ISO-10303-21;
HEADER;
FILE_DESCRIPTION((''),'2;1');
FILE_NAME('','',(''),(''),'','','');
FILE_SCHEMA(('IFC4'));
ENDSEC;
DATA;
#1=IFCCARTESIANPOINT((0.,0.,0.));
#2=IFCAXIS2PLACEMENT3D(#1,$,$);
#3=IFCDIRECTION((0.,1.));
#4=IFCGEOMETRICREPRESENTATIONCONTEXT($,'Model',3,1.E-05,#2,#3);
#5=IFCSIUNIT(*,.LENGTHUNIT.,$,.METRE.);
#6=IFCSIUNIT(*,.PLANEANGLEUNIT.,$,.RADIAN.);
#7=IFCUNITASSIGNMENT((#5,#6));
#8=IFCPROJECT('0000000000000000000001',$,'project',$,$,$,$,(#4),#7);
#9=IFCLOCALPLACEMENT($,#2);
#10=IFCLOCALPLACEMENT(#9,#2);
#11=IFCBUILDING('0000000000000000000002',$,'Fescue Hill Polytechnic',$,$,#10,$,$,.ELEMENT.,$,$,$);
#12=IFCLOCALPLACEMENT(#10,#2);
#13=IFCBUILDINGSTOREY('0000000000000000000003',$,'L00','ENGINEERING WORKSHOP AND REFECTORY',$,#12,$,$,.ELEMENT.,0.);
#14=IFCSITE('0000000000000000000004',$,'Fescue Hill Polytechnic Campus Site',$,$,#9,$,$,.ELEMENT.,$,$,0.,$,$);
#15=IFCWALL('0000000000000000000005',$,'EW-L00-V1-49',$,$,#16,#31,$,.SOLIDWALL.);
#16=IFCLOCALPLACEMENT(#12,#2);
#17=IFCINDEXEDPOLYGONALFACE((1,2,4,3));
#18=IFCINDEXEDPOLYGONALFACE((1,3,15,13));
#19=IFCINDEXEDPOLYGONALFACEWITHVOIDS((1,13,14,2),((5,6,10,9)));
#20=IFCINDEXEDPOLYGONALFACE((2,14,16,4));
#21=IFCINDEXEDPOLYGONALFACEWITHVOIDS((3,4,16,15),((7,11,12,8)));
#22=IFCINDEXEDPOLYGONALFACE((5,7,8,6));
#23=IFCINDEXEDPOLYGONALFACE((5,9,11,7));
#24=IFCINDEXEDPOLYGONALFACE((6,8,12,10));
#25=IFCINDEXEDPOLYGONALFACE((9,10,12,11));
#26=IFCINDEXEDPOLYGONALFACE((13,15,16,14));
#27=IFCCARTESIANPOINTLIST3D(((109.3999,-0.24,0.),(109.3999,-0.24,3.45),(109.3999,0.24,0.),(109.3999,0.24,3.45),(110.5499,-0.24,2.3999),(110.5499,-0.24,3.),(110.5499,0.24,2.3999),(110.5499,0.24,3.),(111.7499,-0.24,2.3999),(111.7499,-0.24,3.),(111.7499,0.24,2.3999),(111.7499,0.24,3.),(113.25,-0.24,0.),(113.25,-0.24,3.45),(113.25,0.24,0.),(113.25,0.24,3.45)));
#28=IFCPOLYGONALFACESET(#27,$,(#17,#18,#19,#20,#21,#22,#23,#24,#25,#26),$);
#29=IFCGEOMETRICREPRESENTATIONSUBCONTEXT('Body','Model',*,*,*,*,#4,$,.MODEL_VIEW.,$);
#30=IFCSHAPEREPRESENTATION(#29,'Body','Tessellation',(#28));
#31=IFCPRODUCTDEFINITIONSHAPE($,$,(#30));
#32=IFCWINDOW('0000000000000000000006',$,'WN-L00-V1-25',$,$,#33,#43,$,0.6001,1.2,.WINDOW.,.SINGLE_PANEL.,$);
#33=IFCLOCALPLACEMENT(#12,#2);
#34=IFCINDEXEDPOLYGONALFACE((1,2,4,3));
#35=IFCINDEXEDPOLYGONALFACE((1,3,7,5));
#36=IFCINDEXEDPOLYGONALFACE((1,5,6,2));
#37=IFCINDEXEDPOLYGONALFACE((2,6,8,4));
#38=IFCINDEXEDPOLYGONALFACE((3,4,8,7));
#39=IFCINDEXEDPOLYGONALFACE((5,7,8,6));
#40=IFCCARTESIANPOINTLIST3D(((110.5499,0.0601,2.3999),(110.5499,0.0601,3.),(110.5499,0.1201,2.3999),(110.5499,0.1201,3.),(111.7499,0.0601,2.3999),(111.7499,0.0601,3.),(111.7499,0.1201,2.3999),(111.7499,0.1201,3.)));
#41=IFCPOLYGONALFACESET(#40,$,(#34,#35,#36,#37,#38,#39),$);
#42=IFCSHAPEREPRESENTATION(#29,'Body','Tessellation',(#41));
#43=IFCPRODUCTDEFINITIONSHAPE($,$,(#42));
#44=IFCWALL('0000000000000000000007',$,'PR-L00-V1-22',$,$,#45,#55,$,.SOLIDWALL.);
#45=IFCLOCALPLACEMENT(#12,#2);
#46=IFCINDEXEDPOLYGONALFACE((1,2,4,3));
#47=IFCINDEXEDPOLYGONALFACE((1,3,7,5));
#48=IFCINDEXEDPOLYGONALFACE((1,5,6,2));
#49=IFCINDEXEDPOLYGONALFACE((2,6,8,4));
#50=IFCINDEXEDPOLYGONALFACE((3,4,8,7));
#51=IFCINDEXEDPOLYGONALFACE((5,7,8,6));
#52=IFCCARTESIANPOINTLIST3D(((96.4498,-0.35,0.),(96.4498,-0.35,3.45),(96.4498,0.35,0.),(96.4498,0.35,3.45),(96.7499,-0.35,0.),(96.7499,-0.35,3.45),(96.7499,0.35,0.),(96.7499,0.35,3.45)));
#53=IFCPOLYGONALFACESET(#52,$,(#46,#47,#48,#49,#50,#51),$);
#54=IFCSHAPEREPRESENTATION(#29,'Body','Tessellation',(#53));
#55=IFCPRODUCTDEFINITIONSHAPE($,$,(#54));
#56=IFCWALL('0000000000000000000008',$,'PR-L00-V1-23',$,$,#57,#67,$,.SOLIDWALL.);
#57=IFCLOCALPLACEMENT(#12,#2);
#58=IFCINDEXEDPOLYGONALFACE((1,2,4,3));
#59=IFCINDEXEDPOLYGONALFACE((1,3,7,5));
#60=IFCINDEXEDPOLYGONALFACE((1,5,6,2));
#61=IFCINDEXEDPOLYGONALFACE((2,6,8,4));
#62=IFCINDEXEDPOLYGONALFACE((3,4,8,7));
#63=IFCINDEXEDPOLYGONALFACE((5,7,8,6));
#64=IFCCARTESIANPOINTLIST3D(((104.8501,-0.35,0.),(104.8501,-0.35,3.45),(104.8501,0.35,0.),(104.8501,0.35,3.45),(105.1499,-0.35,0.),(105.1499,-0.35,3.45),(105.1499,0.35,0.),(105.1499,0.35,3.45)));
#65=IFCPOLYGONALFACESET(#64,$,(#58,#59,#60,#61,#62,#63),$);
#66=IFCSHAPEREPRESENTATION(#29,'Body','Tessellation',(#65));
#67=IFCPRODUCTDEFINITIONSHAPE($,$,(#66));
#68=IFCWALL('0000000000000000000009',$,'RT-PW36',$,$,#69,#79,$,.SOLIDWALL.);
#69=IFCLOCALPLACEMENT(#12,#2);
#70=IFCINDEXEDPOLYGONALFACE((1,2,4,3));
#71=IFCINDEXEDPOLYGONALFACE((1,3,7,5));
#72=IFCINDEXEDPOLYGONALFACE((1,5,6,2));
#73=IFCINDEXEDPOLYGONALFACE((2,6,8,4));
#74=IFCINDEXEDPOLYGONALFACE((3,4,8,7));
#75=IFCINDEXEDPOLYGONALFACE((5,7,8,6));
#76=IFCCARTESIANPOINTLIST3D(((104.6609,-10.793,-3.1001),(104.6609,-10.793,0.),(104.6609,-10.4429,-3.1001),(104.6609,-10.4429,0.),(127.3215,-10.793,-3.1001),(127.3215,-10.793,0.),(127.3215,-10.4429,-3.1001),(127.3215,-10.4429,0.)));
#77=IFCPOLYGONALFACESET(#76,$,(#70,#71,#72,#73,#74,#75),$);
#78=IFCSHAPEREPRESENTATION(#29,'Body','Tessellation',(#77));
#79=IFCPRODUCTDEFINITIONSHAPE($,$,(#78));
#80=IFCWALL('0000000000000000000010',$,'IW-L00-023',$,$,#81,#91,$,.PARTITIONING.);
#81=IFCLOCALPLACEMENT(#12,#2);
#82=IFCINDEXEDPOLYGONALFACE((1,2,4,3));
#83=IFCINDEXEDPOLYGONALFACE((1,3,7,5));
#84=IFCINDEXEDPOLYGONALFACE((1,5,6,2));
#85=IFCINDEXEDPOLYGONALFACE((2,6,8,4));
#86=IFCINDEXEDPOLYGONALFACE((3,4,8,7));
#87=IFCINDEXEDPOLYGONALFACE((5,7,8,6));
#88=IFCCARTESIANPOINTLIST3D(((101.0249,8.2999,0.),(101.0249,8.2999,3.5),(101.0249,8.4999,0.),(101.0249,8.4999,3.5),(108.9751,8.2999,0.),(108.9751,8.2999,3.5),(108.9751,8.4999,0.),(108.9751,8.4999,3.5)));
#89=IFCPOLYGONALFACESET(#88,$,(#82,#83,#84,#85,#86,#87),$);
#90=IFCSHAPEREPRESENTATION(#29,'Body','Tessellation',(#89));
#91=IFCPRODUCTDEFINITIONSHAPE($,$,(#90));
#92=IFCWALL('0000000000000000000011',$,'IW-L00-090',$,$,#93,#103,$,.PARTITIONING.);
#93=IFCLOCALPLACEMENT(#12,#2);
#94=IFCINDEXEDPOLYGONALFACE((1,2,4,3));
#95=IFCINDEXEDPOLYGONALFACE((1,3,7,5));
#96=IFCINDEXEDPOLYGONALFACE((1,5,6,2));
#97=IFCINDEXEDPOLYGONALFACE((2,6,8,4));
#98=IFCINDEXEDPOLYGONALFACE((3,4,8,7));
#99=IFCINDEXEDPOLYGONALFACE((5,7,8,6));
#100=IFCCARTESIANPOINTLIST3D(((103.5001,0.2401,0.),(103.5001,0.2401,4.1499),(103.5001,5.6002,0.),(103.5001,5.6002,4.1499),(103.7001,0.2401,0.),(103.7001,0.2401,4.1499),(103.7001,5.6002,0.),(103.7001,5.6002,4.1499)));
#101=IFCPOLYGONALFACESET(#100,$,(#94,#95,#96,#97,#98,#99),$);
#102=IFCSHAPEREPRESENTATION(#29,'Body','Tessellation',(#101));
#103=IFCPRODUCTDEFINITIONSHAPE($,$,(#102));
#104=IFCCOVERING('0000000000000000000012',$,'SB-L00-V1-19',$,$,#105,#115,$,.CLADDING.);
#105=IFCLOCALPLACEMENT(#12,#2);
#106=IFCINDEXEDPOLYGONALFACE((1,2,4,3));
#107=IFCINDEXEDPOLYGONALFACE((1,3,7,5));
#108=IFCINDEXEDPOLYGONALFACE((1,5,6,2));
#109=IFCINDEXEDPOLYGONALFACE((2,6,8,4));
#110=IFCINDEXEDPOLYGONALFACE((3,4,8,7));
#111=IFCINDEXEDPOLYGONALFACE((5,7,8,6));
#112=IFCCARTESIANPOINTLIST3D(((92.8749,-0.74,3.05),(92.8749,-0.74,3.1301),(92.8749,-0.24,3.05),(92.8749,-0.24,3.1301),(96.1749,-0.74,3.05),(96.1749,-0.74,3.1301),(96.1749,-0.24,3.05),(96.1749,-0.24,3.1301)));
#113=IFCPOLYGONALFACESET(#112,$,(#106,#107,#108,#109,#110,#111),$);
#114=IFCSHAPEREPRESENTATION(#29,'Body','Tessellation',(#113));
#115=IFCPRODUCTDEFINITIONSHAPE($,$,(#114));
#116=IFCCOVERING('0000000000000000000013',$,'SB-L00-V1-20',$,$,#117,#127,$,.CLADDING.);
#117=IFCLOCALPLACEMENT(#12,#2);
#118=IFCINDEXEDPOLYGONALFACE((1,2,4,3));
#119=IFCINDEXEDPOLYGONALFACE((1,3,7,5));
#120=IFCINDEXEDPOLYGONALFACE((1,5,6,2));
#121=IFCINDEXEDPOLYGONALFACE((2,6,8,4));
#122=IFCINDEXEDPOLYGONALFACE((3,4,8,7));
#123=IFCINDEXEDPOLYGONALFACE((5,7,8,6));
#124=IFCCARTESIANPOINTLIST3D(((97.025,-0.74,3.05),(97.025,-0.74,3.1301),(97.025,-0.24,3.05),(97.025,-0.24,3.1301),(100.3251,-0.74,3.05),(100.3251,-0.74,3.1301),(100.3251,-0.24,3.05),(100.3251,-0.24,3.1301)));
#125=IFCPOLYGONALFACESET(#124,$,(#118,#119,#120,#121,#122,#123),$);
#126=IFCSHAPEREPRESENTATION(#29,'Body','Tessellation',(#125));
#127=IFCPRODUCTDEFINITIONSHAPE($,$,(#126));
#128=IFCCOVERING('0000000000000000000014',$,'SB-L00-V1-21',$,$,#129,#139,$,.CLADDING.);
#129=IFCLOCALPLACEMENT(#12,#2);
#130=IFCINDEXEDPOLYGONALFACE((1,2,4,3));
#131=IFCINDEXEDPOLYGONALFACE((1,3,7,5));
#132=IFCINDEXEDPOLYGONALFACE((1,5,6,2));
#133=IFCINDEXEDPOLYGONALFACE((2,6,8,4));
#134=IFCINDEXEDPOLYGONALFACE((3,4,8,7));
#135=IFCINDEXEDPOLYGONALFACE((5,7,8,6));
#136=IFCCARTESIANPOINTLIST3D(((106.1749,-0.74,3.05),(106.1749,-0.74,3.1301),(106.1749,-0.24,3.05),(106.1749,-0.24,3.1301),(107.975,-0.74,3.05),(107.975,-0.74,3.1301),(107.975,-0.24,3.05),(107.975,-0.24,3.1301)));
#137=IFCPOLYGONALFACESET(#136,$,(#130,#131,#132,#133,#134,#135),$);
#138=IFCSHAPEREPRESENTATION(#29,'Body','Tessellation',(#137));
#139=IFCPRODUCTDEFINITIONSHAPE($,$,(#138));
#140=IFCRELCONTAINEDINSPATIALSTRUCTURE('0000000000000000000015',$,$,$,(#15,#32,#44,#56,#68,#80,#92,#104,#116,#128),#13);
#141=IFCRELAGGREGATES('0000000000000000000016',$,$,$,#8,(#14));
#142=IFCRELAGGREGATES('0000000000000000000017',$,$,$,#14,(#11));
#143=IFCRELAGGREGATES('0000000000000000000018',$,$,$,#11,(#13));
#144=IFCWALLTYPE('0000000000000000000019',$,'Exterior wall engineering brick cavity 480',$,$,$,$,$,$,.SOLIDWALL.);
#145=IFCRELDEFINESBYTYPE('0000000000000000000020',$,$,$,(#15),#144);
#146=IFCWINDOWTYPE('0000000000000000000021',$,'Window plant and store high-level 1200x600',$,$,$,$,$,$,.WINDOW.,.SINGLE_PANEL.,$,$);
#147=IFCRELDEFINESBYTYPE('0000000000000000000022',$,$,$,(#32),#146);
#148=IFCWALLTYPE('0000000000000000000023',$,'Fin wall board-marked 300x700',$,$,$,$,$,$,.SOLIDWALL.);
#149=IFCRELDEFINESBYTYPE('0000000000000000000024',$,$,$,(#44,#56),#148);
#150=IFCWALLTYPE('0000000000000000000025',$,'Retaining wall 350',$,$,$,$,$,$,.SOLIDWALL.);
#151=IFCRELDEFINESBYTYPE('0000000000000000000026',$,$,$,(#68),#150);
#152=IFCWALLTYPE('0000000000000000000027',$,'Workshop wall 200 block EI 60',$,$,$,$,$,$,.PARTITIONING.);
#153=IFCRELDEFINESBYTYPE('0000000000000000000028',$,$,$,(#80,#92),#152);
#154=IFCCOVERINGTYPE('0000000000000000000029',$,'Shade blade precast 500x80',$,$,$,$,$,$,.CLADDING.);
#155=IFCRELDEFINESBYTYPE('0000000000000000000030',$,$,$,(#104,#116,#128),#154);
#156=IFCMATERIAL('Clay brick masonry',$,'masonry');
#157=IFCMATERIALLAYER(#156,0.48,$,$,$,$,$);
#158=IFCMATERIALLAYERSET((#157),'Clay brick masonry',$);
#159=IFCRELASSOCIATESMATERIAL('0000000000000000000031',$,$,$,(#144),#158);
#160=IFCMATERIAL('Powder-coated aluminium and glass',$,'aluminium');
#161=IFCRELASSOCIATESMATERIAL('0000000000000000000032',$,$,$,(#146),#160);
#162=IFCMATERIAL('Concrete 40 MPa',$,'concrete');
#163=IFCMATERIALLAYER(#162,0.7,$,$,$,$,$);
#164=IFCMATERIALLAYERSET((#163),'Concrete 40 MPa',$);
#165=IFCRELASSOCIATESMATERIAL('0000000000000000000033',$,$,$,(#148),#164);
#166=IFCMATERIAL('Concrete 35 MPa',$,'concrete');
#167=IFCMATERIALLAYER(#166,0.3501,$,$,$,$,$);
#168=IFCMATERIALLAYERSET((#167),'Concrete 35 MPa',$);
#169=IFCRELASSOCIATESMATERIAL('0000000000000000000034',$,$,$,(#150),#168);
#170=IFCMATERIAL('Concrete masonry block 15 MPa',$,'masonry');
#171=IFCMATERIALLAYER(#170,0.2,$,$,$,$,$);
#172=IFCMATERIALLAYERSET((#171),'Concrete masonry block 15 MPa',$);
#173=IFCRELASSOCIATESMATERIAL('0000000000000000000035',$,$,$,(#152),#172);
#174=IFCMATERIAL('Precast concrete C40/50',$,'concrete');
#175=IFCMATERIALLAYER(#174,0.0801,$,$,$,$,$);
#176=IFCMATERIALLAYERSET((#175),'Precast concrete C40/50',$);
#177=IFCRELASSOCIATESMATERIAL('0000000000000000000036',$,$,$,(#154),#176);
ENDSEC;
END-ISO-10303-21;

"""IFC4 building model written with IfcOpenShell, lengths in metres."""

from ifc_helpers import new_model, si_unit, direction, frame, frame_2d, origin, origin_2d, place, context, subcontext, project, spatial, rectangle, extrude, material, layer, layer_set, type_object, element, fill, save


model = new_model("IFC4")

# Units and contexts
model_context = context("Model", 3, precision=1e-05, world=origin(), true_north=direction((0.0, 1.0)))
body_context = subcontext(model_context, "Body", "Model", "MODEL_VIEW")
ifc_project = project(units=[si_unit("LENGTHUNIT", "METRE"), si_unit("PLANEANGLEUNIT", "RADIAN")], contexts=[model_context])

# Site, building, storey
site_placement = place(None, origin())
site = spatial("IfcSite", under=ifc_project, at=site_placement, Name="Fescue Hill Polytechnic Campus Site", CompositionType="ELEMENT", RefElevation=0.0)
building_placement = place(site_placement, origin())
building = spatial("IfcBuilding", under=site, at=building_placement, Name="Fescue Hill Polytechnic", CompositionType="ELEMENT")
storey_placement = place(building_placement, origin())
storey = spatial("IfcBuildingStorey", under=building, at=storey_placement, Name="L00", Description="ENGINEERING WORKSHOP AND REFECTORY", CompositionType="ELEMENT", Elevation=0.0)

# Shared definitions
ifc_material_1 = material(Name="Concrete 40 MPa", Category="concrete")

# Shared definitions
ifc_material_2 = material(Name="Clay brick masonry", Category="masonry")
ifc_layer_1 = layer(ifc_material_2, 0.48)
ifc_layer_set_1 = layer_set([ifc_layer_1], Name="Clay brick masonry")
wall_type_1 = type_object("IfcWallType", Name="Exterior wall engineering brick cavity 480", PredefinedType="SOLIDWALL", material=ifc_layer_set_1)
ifc_material_3 = material(Name="Powder-coated aluminium and glass", Category="aluminium")

# Wall, opening, window
window_type_1 = type_object("IfcWindowType", Name="Window plant and store high-level 1200x600", PartitioningType="SINGLE_PANEL", PredefinedType="WINDOW", material=ifc_material_3)
wall_1_placement = place(storey_placement, frame((109.3999, 0.0, 0.0), z_axis=(0.0, 0.0, 1.0), x_axis=(1.0, 0.0, 0.0)))
wall_1 = element("IfcWall", 1, at=wall_1_placement, inside=storey, type_object=wall_type_1, Name="EW-L00-V1-49", PredefinedType="SOLIDWALL", context=body_context, shape_type="SweptSolid", body=[
    extrude(rectangle(XDim=3.8501, YDim=0.48, at=frame_2d((1.925, 0.0))), origin(), (0.0, 0.0, 1.0), 3.45),
])
opening_1_placement = place(wall_1_placement, frame((1.1499, 0.0, 2.3999)))
opening_1 = element("IfcOpeningElement", 2, at=opening_1_placement, cuts=wall_1, PredefinedType="OPENING", context=body_context, shape_type="SweptSolid", body=[
    extrude(rectangle(XDim=1.2, YDim=0.6001, at=frame_2d((0.6001, 0.3))), frame((0.0, 0.25, 0.0), z_axis=(0.0, -1.0, 0.0), x_axis=(1.0, 0.0, 0.0)), (0.0, 0.0, 1.0), 0.5),
])
window_1_placement = place(opening_1_placement, origin())
window_1 = element("IfcWindow", 3, at=window_1_placement, inside=storey, type_object=window_type_1, Name="WN-L00-V1-25", OverallHeight=0.6001, OverallWidth=1.2, PartitioningType="SINGLE_PANEL", PredefinedType="WINDOW", context=body_context, shape_type="SweptSolid", body=[
    extrude(rectangle(XDim=1.2, YDim=0.6001, at=frame_2d((0.6001, 0.3))), frame((0.0, 0.1201, 0.0), z_axis=(0.0, -1.0, 0.0), x_axis=(1.0, 0.0, 0.0)), (0.0, 0.0, 1.0), 0.0601),
])
fill(opening_1, window_1)

# Walls
ifc_layer_2 = layer(ifc_material_1, 0.7)
ifc_layer_set_2 = layer_set([ifc_layer_2], Name="Concrete 40 MPa")
wall_type_2 = type_object("IfcWallType", Name="Fin wall board-marked 300x700", PredefinedType="SOLIDWALL", material=ifc_layer_set_2)
wall_2_placement = place(storey_placement, frame((96.45, 0.0, 0.0), z_axis=(0.0, 0.0, 1.0), x_axis=(1.0, 0.0, 0.0)))
element("IfcWall", 4, at=wall_2_placement, inside=storey, type_object=wall_type_2, Name="PR-L00-V1-22", PredefinedType="SOLIDWALL", context=body_context, shape_type="SweptSolid", body=[
    extrude(rectangle(XDim=0.3, YDim=0.7, at=frame_2d((0.1499, 0.0))), origin(), (0.0, 0.0, 1.0), 3.45),
])
wall_3_placement = place(storey_placement, frame((104.8501, 0.0, 0.0), z_axis=(0.0, 0.0, 1.0), x_axis=(1.0, 0.0, 0.0)))
element("IfcWall", 5, at=wall_3_placement, inside=storey, type_object=wall_type_2, Name="PR-L00-V1-23", PredefinedType="SOLIDWALL", context=body_context, shape_type="SweptSolid", body=[
    extrude(rectangle(XDim=0.2998, YDim=0.7, at=frame_2d((0.1499, 0.0))), origin(), (0.0, 0.0, 1.0), 3.45),
])
ifc_material_4 = material(Name="Concrete 35 MPa", Category="concrete")
ifc_layer_3 = layer(ifc_material_4, 0.3501)
ifc_layer_set_3 = layer_set([ifc_layer_3], Name="Concrete 35 MPa")
wall_type_3 = type_object("IfcWallType", Name="Retaining wall 350", PredefinedType="SOLIDWALL", material=ifc_layer_set_3)
wall_4_placement = place(storey_placement, frame((104.6609, -10.6179, -3.1001), z_axis=(0.0, 0.0, 1.0), x_axis=(1.0, 0.0, 0.0)))
element("IfcWall", 6, at=wall_4_placement, inside=storey, type_object=wall_type_3, Name="RT-PW36", PredefinedType="SOLIDWALL", context=body_context, shape_type="SweptSolid", body=[
    extrude(rectangle(XDim=22.6606, YDim=0.3501, at=frame_2d((11.3303, 0.0))), origin(), (0.0, 0.0, 1.0), 3.1001),
])
ifc_material_5 = material(Name="Concrete masonry block 15 MPa", Category="masonry")
ifc_layer_4 = layer(ifc_material_5, 0.2)
ifc_layer_set_4 = layer_set([ifc_layer_4], Name="Concrete masonry block 15 MPa")
wall_type_4 = type_object("IfcWallType", Name="Workshop wall 200 block EI 60", PredefinedType="PARTITIONING", material=ifc_layer_set_4)
wall_5_placement = place(storey_placement, frame((101.0249, 8.3999, 0.0), z_axis=(0.0, 0.0, 1.0), x_axis=(1.0, 0.0, 0.0)))
element("IfcWall", 7, at=wall_5_placement, inside=storey, type_object=wall_type_4, Name="IW-L00-023", PredefinedType="PARTITIONING", context=body_context, shape_type="SweptSolid", body=[
    extrude(rectangle(XDim=7.9502, YDim=0.2, at=frame_2d((3.9751, 0.0))), origin(), (0.0, 0.0, 1.0), 3.5),
])
wall_6_placement = place(storey_placement, frame((103.6001, 0.24, 0.0), z_axis=(0.0, 0.0, 1.0), x_axis=(0.0, 1.0, 0.0)))
element("IfcWall", 8, at=wall_6_placement, inside=storey, type_object=wall_type_4, Name="IW-L00-090", PredefinedType="PARTITIONING", context=body_context, shape_type="SweptSolid", body=[
    extrude(rectangle(XDim=5.3601, YDim=0.2, at=frame_2d((2.6802, 0.0))), origin(), (0.0, 0.0, 1.0), 4.1499),
])

# Coverings
ifc_material_6 = material(Name="Precast concrete C40/50", Category="concrete")
ifc_layer_5 = layer(ifc_material_6, 0.0801)
ifc_layer_set_5 = layer_set([ifc_layer_5], Name="Precast concrete C40/50")
covering_type = type_object("IfcCoveringType", Name="Shade blade precast 500x80", PredefinedType="CLADDING", material=ifc_layer_set_5)
for number, where, z_axis, x_axis, name in (
    (9, (94.5249, -0.49, 3.05), (0.0, 0.0, 1.0), (1.0, 0.0, 0.0), "SB-L00-V1-19"),
    (10, (98.675, -0.49, 3.05), (0.0, 0.0, 1.0), (1.0, 0.0, 0.0), "SB-L00-V1-20"),
):
    element("IfcCovering", number, at=place(storey_placement, frame(where, z_axis=z_axis, x_axis=x_axis)), inside=storey, type_object=covering_type, Name=name, PredefinedType="CLADDING", context=body_context, shape_type="SweptSolid", body=[
        extrude(rectangle(XDim=3.3, YDim=0.5, at=origin_2d()), origin(), (0.0, 0.0, 1.0), 0.0801),
    ])
covering_placement = place(storey_placement, frame((107.075, -0.49, 3.05), z_axis=(0.0, 0.0, 1.0), x_axis=(1.0, 0.0, 0.0)))
element("IfcCovering", 11, at=covering_placement, inside=storey, type_object=covering_type, Name="SB-L00-V1-21", PredefinedType="CLADDING", context=body_context, shape_type="SweptSolid", body=[
    extrude(rectangle(XDim=1.8, YDim=0.5, at=origin_2d()), origin(), (0.0, 0.0, 1.0), 0.0801),
])

save(model, "model.ifc")
